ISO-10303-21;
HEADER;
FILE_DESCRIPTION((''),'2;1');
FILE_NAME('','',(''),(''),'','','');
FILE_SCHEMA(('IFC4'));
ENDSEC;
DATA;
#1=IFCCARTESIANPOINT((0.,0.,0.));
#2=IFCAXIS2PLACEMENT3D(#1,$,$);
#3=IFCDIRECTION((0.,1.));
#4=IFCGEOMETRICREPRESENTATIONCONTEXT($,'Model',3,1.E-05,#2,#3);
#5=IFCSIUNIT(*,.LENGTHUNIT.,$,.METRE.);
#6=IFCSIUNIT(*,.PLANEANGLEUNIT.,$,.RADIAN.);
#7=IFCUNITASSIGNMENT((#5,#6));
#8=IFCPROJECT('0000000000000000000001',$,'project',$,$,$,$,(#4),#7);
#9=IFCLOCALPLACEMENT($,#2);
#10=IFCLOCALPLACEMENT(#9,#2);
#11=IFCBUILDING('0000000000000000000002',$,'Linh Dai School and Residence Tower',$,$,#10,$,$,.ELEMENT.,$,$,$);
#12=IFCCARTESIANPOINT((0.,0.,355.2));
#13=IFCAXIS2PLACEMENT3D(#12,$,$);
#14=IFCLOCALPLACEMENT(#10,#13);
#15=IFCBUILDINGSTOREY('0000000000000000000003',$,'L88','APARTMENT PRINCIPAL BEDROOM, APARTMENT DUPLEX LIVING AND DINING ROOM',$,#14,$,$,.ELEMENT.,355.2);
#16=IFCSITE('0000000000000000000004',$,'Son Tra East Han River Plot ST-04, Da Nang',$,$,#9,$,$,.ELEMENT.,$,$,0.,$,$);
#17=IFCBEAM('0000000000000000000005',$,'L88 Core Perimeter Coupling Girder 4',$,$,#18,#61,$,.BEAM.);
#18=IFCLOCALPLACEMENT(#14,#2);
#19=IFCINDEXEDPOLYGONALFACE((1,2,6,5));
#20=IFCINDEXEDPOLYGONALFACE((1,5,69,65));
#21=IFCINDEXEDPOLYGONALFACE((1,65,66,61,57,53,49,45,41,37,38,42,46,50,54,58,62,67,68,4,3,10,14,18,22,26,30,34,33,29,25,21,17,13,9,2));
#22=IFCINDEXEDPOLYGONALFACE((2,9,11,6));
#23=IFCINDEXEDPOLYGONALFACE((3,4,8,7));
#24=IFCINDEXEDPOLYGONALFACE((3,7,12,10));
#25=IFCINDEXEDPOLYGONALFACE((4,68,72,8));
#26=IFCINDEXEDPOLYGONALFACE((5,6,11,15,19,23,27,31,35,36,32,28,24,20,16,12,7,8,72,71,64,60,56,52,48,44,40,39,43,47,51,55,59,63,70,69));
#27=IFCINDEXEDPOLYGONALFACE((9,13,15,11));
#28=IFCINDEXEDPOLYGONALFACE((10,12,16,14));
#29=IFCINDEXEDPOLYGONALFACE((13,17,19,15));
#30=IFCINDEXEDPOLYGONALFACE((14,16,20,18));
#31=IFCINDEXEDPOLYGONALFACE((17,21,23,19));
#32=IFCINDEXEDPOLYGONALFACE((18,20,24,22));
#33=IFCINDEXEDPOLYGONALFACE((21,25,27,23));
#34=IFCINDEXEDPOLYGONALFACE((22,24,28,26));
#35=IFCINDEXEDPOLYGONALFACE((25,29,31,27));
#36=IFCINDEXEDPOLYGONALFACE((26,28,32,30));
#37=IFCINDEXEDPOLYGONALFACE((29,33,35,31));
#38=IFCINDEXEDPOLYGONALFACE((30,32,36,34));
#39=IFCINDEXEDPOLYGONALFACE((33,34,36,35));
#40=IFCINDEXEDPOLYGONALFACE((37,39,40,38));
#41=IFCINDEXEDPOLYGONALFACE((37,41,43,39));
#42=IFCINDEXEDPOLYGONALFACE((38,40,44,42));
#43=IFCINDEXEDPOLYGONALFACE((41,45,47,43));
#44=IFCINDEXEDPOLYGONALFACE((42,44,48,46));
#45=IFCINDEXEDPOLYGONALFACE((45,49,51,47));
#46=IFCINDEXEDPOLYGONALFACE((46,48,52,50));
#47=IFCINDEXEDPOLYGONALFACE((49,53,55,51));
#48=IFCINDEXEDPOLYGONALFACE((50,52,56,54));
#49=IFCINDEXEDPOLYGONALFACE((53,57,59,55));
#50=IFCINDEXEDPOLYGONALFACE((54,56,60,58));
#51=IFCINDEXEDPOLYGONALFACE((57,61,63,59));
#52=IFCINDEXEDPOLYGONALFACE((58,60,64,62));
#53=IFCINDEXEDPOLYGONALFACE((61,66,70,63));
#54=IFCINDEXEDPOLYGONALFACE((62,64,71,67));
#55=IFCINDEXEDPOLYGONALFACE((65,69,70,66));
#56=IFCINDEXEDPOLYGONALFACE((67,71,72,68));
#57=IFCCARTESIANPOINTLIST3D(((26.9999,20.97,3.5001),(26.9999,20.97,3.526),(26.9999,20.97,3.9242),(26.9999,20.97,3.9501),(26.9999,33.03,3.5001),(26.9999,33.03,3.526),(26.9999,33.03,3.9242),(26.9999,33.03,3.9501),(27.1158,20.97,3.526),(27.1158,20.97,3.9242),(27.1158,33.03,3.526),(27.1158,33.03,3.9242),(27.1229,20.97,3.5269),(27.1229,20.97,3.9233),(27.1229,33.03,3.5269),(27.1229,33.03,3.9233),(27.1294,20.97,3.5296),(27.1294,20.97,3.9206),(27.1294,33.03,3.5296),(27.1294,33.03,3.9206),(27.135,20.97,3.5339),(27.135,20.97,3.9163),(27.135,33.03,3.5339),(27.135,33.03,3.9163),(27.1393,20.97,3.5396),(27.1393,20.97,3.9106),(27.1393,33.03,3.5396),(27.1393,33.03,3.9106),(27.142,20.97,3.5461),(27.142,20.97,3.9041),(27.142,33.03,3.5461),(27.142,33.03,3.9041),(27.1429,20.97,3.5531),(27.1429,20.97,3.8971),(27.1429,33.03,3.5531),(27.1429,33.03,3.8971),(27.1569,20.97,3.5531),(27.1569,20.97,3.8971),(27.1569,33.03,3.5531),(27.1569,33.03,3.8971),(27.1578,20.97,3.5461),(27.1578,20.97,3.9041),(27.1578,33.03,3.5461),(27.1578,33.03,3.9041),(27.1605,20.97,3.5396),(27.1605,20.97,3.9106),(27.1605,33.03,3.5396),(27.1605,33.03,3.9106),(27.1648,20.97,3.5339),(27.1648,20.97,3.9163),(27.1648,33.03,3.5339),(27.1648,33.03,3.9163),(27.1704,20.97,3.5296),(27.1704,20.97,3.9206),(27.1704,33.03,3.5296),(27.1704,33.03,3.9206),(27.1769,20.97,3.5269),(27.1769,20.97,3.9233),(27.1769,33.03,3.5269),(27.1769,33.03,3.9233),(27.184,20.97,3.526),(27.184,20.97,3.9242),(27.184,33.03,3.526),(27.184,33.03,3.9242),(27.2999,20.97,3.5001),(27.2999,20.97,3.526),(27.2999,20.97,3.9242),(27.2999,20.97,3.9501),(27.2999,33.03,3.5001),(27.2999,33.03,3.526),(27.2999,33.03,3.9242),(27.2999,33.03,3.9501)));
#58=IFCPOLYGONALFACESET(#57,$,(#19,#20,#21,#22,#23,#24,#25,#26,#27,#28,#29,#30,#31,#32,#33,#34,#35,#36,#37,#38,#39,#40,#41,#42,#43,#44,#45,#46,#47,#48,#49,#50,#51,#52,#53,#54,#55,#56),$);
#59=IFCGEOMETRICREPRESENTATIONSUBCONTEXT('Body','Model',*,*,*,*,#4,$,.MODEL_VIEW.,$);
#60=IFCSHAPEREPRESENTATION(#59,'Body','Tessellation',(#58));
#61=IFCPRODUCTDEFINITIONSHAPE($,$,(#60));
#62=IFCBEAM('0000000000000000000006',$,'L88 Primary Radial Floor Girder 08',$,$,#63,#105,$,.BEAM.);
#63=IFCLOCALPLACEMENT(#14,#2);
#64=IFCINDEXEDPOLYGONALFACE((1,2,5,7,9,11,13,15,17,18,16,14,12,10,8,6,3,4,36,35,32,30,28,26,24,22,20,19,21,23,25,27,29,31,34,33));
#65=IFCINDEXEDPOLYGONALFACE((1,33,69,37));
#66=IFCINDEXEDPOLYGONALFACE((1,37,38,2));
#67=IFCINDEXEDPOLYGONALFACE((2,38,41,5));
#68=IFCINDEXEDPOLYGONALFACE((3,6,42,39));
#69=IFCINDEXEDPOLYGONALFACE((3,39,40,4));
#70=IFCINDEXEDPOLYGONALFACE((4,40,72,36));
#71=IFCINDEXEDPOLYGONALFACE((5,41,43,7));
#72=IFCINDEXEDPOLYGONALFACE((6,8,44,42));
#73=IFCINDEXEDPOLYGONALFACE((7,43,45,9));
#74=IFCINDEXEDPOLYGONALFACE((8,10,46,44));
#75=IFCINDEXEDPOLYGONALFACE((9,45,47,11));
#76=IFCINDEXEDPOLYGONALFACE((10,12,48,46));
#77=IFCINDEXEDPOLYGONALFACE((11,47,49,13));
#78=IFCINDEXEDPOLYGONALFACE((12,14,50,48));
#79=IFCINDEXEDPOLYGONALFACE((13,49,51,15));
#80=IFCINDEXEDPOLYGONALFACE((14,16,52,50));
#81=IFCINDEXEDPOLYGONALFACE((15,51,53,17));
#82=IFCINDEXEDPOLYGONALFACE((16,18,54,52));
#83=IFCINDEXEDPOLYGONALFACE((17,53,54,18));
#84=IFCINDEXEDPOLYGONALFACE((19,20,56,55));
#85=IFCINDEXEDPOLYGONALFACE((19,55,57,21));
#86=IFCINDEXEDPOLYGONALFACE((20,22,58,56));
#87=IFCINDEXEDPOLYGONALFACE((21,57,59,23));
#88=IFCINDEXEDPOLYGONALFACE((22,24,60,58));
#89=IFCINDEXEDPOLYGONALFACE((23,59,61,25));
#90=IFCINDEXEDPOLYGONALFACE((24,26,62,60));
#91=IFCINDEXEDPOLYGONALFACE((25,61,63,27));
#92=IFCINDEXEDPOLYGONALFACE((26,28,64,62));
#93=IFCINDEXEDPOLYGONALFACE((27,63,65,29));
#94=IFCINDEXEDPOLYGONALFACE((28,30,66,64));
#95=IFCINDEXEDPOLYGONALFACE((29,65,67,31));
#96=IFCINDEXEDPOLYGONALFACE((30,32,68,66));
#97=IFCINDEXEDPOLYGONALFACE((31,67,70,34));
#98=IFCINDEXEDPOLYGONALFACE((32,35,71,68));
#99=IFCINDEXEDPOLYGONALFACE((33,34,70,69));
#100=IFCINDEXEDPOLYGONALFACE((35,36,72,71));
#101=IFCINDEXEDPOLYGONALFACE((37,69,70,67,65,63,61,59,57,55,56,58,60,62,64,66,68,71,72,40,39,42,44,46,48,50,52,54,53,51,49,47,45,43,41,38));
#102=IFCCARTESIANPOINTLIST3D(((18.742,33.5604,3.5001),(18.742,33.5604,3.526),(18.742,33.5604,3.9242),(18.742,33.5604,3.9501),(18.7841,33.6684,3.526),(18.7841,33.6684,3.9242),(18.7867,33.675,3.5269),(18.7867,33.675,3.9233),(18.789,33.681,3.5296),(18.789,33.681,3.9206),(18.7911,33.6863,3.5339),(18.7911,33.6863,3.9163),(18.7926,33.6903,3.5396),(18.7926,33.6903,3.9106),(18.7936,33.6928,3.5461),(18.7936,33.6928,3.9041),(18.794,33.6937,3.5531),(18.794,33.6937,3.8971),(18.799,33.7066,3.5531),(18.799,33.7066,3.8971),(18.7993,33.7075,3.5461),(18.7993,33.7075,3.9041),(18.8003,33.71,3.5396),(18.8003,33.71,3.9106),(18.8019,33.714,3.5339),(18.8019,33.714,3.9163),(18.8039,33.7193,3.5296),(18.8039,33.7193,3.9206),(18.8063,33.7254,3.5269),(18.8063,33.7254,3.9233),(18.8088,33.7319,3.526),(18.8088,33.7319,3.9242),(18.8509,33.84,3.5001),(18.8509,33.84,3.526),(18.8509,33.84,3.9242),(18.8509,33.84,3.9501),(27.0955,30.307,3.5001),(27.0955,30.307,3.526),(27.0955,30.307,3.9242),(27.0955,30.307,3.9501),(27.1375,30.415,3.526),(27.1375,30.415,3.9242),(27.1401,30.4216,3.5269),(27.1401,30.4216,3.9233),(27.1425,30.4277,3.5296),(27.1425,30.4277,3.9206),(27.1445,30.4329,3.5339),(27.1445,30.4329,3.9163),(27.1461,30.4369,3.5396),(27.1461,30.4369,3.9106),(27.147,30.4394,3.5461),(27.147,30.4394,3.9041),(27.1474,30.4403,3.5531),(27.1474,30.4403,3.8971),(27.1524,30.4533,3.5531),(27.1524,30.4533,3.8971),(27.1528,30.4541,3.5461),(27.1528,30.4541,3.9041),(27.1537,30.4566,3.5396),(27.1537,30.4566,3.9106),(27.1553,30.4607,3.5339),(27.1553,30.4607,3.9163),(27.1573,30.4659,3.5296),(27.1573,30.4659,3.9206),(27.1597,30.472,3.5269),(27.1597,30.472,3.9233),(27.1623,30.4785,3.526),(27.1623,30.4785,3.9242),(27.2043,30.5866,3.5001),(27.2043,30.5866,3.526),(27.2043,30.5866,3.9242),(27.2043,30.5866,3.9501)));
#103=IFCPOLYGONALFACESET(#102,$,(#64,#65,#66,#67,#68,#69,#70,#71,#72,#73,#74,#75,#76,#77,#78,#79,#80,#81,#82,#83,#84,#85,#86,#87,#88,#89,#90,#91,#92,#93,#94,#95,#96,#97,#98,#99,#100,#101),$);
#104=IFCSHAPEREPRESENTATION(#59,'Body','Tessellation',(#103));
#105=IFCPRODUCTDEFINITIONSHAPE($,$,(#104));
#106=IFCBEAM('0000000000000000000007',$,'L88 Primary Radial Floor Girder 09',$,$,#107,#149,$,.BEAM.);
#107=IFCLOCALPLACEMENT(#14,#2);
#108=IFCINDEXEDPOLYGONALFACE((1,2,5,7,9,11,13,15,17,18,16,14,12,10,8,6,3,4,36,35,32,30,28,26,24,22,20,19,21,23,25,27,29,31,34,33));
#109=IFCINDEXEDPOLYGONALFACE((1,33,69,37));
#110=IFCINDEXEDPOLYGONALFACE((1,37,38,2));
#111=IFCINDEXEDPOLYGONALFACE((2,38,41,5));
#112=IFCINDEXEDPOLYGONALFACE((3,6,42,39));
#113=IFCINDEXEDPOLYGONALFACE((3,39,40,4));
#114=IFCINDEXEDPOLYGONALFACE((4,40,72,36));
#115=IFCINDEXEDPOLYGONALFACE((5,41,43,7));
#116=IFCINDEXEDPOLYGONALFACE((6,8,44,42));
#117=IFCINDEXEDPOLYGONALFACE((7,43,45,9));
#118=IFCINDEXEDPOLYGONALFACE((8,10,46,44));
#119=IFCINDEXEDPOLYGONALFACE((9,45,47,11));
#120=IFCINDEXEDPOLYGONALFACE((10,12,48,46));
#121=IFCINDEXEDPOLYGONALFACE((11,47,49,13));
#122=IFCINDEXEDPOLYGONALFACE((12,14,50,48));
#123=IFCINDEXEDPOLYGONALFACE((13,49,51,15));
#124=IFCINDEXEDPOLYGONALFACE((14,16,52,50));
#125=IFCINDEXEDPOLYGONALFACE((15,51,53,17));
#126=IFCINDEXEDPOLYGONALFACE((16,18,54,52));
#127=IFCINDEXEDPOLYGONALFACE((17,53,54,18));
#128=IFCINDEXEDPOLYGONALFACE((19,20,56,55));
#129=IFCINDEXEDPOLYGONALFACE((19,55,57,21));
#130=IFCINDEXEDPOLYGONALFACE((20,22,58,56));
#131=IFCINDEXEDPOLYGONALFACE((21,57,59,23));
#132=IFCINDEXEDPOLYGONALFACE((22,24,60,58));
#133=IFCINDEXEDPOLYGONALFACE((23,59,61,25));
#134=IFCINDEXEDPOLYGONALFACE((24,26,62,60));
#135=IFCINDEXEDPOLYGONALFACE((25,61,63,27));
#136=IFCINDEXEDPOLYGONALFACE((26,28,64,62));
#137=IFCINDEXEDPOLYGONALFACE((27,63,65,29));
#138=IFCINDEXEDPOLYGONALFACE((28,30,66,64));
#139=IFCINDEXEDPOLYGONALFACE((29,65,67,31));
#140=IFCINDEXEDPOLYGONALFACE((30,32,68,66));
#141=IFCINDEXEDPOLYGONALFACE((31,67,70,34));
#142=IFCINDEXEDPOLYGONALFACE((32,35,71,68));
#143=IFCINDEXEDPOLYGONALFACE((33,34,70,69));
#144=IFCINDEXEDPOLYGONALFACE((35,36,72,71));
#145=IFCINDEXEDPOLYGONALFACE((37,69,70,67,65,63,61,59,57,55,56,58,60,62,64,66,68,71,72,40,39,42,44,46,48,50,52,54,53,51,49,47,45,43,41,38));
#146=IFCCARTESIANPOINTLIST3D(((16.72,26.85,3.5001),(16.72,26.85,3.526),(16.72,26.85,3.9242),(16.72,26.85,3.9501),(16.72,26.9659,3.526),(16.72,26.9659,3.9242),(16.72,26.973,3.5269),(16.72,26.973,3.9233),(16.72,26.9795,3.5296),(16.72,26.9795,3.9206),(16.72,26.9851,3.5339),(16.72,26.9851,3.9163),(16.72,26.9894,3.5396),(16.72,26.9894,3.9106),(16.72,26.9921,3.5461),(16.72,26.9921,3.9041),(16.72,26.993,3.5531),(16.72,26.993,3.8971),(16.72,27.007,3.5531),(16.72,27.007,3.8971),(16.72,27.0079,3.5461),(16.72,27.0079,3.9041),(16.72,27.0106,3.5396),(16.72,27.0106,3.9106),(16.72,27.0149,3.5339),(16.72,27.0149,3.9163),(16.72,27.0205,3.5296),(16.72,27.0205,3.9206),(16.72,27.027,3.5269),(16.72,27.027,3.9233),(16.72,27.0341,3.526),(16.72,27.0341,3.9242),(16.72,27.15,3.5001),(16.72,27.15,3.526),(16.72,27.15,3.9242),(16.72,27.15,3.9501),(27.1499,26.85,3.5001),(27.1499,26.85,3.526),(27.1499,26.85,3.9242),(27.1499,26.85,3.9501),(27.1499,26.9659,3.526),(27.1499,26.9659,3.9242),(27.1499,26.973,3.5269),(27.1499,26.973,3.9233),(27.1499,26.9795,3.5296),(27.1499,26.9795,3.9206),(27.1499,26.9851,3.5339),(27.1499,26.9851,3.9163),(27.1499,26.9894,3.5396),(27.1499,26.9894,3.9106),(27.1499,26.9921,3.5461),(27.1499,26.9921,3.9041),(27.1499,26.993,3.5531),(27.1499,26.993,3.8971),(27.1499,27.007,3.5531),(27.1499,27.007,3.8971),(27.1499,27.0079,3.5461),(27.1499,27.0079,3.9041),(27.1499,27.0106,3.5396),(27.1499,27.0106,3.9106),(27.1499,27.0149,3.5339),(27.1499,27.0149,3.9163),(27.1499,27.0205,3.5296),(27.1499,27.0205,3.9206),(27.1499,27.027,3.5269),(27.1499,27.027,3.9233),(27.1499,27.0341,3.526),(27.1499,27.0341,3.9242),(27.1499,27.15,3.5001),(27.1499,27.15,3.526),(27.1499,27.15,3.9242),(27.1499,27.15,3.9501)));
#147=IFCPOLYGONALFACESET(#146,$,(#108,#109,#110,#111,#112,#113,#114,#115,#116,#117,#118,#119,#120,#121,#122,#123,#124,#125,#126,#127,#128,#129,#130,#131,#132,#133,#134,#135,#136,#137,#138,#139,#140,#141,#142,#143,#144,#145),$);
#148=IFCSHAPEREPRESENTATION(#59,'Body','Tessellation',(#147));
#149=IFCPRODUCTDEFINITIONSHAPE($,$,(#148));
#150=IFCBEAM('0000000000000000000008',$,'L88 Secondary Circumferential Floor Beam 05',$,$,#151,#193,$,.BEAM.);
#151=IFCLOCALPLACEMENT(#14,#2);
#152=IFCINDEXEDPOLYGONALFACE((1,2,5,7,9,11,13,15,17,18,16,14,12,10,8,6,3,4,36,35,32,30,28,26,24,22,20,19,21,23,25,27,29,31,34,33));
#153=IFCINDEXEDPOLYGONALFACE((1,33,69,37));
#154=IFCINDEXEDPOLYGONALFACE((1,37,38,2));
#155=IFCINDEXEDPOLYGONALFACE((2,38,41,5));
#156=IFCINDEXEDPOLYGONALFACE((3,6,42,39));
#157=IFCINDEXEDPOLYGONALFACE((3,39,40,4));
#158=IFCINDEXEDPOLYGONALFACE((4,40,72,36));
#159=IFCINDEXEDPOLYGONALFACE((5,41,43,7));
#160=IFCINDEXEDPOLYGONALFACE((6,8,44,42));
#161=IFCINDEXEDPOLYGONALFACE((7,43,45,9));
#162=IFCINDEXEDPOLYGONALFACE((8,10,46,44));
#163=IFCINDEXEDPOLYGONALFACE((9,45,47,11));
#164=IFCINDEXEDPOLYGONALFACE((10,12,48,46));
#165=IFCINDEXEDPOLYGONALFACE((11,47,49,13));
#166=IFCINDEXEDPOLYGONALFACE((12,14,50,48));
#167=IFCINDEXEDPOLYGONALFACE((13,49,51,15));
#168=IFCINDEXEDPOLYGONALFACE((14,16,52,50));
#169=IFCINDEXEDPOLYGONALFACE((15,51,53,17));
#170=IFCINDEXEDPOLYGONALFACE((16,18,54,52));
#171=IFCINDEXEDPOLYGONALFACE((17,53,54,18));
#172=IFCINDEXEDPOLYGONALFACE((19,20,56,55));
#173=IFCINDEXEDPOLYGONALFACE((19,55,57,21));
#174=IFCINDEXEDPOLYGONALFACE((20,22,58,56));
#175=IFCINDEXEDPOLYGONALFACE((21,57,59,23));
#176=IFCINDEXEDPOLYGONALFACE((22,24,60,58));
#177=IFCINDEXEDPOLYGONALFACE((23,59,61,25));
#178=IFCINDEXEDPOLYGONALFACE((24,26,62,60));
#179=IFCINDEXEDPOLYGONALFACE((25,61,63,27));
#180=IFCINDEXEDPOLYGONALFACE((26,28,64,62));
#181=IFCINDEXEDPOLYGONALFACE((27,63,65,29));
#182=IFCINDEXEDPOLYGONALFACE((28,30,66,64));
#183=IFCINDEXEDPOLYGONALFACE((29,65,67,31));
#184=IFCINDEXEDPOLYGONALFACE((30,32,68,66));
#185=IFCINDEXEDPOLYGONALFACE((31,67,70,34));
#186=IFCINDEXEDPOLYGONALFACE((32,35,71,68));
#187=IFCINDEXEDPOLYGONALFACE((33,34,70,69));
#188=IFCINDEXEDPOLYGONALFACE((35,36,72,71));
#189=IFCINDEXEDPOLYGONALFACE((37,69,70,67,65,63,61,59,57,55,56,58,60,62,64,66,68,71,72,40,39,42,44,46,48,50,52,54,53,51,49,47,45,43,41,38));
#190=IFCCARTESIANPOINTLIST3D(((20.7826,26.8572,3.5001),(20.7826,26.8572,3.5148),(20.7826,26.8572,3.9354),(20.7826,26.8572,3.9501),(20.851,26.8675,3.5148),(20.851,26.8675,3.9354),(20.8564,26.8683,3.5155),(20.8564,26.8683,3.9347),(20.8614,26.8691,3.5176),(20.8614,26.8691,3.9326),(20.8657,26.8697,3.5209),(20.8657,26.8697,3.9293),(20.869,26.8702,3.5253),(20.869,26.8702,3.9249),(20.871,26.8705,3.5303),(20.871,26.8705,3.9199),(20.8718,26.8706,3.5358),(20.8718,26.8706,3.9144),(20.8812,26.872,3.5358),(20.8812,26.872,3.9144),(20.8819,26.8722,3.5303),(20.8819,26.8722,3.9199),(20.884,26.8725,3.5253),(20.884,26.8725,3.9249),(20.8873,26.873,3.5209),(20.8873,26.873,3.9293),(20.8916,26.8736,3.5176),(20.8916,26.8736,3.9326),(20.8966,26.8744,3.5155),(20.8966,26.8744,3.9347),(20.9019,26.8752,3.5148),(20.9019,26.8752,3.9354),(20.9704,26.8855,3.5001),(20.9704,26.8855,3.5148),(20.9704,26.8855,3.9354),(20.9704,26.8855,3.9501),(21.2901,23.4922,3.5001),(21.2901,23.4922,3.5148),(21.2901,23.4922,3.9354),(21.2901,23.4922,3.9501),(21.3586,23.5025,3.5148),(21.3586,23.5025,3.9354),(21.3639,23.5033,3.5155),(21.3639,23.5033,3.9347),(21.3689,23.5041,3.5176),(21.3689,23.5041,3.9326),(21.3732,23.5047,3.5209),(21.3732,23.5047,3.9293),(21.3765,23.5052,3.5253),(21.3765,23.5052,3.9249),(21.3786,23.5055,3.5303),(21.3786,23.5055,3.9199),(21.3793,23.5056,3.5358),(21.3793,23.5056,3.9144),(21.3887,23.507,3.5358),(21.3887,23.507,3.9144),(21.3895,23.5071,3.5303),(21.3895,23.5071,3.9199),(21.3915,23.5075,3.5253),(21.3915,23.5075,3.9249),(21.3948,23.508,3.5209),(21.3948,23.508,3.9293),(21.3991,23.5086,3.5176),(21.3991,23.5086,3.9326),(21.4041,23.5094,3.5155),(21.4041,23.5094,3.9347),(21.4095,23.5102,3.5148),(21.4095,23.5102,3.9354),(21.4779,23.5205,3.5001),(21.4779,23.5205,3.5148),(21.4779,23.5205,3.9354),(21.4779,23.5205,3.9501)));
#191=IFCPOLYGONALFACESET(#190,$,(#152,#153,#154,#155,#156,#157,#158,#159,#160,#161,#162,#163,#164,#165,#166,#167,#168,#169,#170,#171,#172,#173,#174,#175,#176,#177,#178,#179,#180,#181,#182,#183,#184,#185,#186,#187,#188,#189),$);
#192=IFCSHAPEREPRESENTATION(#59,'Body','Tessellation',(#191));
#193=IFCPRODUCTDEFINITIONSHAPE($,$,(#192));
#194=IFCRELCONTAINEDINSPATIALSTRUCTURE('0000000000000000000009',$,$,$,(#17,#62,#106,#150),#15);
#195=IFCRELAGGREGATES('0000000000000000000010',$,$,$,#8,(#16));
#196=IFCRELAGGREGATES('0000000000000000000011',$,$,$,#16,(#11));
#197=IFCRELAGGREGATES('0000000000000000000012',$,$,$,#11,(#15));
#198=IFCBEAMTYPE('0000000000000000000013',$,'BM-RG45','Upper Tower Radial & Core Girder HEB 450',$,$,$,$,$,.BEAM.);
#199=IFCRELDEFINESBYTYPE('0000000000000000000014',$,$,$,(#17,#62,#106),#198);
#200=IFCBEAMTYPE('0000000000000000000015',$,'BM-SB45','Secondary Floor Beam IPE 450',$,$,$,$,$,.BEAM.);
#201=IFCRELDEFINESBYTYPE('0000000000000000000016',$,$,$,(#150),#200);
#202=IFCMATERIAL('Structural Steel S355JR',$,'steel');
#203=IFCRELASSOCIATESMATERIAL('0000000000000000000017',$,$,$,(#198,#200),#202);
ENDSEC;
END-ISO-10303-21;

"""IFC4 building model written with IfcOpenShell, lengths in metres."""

from ifc_helpers import new_model, si_unit, direction, frame, origin, origin_2d, place, context, subcontext, project, spatial, i_section, extrude, material, material_profile, profile_set, type_object, element, save


model = new_model("IFC4")

# Units and contexts
model_context = context("Model", 3, precision=1e-05, world=origin(), true_north=direction((0.0, 1.0)))
body_context = subcontext(model_context, "Body", "Model", "MODEL_VIEW")
ifc_project = project(units=[si_unit("LENGTHUNIT", "METRE"), si_unit("PLANEANGLEUNIT", "RADIAN")], contexts=[model_context])

# Site, building, storey
site_placement = place(None, origin())
site = spatial("IfcSite", under=ifc_project, at=site_placement, Name="Son Tra East Han River Plot ST-04, Da Nang", CompositionType="ELEMENT", RefElevation=0.0)
building_placement = place(site_placement, origin())
building = spatial("IfcBuilding", under=site, at=building_placement, Name="Linh Dai School and Residence Tower", CompositionType="ELEMENT")
storey_placement = place(building_placement, frame((0.0, 0.0, 355.2)))
storey = spatial("IfcBuildingStorey", under=building, at=storey_placement, Name="L88", Description="APARTMENT PRINCIPAL BEDROOM, APARTMENT DUPLEX LIVING AND DINING ROOM", CompositionType="ELEMENT", Elevation=355.2)

# Shared definitions
ifc_material_1 = material(Name="Structural Steel S355JR", Category="steel")

# Beams
ifc_material_profile_1 = material_profile(ifc_material_1, i_section(OverallWidth=0.3, OverallDepth=0.45, WebThickness=0.0139, FlangeThickness=0.0259, FilletRadius=0.0271, at=origin_2d()), Name="HEB 450")
ifc_profile_set_1 = profile_set([ifc_material_profile_1], Name="Structural Steel S355JR")
beam_type_1 = type_object("IfcBeamType", Name="BM-RG45", Description="Upper Tower Radial & Core Girder HEB 450", PredefinedType="BEAM", material=ifc_profile_set_1)
beam_1_placement = place(storey_placement, frame((27.1499, 33.03, 3.7251), z_axis=(0.0, -1.0, 0.0), x_axis=(1.0, 0.0, 0.0)))
element("IfcBeam", 1, at=beam_1_placement, inside=storey, type_object=beam_type_1, Name="L88 Core Perimeter Coupling Girder 4", PredefinedType="BEAM", context=body_context, shape_type="SweptSolid", body=[
    extrude(i_section(OverallWidth=0.3, OverallDepth=0.45, WebThickness=0.0139, FlangeThickness=0.0259, FilletRadius=0.0271, at=origin_2d()), origin(), (0.0, 0.0, 1.0), 12.0601),
])
beam_2_placement = place(storey_placement, frame((27.1499, 30.4468, 3.7251), z_axis=(-0.931823, 0.362914, 0.0), x_axis=(-0.362914, -0.931823, 0.0)))
element("IfcBeam", 2, at=beam_2_placement, inside=storey, type_object=beam_type_1, Name="L88 Primary Radial Floor Girder 08", PredefinedType="BEAM", context=body_context, shape_type="SweptSolid", body=[
    extrude(i_section(OverallWidth=0.3, OverallDepth=0.45, WebThickness=0.0139, FlangeThickness=0.0259, FilletRadius=0.0271, at=origin_2d()), origin(), (0.0, 0.0, 1.0), 8.9646),
])
beam_3_placement = place(storey_placement, frame((27.1499, 27.0, 3.7251), z_axis=(-1.0, 0.0, 0.0), x_axis=(0.0, -1.0, 0.0)))
element("IfcBeam", 3, at=beam_3_placement, inside=storey, type_object=beam_type_1, Name="L88 Primary Radial Floor Girder 09", PredefinedType="BEAM", context=body_context, shape_type="SweptSolid", body=[
    extrude(i_section(OverallWidth=0.3, OverallDepth=0.45, WebThickness=0.0139, FlangeThickness=0.0259, FilletRadius=0.0271, at=origin_2d()), origin(), (0.0, 0.0, 1.0), 10.4299),
])
ifc_material_profile_2 = material_profile(ifc_material_1, i_section(OverallWidth=0.1899, OverallDepth=0.45, WebThickness=0.0095, FlangeThickness=0.0146, FilletRadius=0.021, at=origin_2d()), Name="IPE 450")
ifc_profile_set_2 = profile_set([ifc_material_profile_2], Name="Structural Steel S355JR")
beam_type_2 = type_object("IfcBeamType", Name="BM-SB45", Description="Secondary Floor Beam IPE 450", PredefinedType="BEAM", material=ifc_profile_set_2)
beam_4_placement = place(storey_placement, frame((20.8765, 26.8713, 3.7251), z_axis=(0.149151, -0.988814, 0.0), x_axis=(0.988814, 0.149151, 0.0)))
element("IfcBeam", 4, at=beam_4_placement, inside=storey, type_object=beam_type_2, Name="L88 Secondary Circumferential Floor Beam 05", PredefinedType="BEAM", context=body_context, shape_type="SweptSolid", body=[
    extrude(i_section(OverallWidth=0.1899, OverallDepth=0.45, WebThickness=0.0095, FlangeThickness=0.0146, FilletRadius=0.021, at=origin_2d()), origin(), (0.0, 0.0, 1.0), 3.4031),
])

save(model, "model.ifc")
